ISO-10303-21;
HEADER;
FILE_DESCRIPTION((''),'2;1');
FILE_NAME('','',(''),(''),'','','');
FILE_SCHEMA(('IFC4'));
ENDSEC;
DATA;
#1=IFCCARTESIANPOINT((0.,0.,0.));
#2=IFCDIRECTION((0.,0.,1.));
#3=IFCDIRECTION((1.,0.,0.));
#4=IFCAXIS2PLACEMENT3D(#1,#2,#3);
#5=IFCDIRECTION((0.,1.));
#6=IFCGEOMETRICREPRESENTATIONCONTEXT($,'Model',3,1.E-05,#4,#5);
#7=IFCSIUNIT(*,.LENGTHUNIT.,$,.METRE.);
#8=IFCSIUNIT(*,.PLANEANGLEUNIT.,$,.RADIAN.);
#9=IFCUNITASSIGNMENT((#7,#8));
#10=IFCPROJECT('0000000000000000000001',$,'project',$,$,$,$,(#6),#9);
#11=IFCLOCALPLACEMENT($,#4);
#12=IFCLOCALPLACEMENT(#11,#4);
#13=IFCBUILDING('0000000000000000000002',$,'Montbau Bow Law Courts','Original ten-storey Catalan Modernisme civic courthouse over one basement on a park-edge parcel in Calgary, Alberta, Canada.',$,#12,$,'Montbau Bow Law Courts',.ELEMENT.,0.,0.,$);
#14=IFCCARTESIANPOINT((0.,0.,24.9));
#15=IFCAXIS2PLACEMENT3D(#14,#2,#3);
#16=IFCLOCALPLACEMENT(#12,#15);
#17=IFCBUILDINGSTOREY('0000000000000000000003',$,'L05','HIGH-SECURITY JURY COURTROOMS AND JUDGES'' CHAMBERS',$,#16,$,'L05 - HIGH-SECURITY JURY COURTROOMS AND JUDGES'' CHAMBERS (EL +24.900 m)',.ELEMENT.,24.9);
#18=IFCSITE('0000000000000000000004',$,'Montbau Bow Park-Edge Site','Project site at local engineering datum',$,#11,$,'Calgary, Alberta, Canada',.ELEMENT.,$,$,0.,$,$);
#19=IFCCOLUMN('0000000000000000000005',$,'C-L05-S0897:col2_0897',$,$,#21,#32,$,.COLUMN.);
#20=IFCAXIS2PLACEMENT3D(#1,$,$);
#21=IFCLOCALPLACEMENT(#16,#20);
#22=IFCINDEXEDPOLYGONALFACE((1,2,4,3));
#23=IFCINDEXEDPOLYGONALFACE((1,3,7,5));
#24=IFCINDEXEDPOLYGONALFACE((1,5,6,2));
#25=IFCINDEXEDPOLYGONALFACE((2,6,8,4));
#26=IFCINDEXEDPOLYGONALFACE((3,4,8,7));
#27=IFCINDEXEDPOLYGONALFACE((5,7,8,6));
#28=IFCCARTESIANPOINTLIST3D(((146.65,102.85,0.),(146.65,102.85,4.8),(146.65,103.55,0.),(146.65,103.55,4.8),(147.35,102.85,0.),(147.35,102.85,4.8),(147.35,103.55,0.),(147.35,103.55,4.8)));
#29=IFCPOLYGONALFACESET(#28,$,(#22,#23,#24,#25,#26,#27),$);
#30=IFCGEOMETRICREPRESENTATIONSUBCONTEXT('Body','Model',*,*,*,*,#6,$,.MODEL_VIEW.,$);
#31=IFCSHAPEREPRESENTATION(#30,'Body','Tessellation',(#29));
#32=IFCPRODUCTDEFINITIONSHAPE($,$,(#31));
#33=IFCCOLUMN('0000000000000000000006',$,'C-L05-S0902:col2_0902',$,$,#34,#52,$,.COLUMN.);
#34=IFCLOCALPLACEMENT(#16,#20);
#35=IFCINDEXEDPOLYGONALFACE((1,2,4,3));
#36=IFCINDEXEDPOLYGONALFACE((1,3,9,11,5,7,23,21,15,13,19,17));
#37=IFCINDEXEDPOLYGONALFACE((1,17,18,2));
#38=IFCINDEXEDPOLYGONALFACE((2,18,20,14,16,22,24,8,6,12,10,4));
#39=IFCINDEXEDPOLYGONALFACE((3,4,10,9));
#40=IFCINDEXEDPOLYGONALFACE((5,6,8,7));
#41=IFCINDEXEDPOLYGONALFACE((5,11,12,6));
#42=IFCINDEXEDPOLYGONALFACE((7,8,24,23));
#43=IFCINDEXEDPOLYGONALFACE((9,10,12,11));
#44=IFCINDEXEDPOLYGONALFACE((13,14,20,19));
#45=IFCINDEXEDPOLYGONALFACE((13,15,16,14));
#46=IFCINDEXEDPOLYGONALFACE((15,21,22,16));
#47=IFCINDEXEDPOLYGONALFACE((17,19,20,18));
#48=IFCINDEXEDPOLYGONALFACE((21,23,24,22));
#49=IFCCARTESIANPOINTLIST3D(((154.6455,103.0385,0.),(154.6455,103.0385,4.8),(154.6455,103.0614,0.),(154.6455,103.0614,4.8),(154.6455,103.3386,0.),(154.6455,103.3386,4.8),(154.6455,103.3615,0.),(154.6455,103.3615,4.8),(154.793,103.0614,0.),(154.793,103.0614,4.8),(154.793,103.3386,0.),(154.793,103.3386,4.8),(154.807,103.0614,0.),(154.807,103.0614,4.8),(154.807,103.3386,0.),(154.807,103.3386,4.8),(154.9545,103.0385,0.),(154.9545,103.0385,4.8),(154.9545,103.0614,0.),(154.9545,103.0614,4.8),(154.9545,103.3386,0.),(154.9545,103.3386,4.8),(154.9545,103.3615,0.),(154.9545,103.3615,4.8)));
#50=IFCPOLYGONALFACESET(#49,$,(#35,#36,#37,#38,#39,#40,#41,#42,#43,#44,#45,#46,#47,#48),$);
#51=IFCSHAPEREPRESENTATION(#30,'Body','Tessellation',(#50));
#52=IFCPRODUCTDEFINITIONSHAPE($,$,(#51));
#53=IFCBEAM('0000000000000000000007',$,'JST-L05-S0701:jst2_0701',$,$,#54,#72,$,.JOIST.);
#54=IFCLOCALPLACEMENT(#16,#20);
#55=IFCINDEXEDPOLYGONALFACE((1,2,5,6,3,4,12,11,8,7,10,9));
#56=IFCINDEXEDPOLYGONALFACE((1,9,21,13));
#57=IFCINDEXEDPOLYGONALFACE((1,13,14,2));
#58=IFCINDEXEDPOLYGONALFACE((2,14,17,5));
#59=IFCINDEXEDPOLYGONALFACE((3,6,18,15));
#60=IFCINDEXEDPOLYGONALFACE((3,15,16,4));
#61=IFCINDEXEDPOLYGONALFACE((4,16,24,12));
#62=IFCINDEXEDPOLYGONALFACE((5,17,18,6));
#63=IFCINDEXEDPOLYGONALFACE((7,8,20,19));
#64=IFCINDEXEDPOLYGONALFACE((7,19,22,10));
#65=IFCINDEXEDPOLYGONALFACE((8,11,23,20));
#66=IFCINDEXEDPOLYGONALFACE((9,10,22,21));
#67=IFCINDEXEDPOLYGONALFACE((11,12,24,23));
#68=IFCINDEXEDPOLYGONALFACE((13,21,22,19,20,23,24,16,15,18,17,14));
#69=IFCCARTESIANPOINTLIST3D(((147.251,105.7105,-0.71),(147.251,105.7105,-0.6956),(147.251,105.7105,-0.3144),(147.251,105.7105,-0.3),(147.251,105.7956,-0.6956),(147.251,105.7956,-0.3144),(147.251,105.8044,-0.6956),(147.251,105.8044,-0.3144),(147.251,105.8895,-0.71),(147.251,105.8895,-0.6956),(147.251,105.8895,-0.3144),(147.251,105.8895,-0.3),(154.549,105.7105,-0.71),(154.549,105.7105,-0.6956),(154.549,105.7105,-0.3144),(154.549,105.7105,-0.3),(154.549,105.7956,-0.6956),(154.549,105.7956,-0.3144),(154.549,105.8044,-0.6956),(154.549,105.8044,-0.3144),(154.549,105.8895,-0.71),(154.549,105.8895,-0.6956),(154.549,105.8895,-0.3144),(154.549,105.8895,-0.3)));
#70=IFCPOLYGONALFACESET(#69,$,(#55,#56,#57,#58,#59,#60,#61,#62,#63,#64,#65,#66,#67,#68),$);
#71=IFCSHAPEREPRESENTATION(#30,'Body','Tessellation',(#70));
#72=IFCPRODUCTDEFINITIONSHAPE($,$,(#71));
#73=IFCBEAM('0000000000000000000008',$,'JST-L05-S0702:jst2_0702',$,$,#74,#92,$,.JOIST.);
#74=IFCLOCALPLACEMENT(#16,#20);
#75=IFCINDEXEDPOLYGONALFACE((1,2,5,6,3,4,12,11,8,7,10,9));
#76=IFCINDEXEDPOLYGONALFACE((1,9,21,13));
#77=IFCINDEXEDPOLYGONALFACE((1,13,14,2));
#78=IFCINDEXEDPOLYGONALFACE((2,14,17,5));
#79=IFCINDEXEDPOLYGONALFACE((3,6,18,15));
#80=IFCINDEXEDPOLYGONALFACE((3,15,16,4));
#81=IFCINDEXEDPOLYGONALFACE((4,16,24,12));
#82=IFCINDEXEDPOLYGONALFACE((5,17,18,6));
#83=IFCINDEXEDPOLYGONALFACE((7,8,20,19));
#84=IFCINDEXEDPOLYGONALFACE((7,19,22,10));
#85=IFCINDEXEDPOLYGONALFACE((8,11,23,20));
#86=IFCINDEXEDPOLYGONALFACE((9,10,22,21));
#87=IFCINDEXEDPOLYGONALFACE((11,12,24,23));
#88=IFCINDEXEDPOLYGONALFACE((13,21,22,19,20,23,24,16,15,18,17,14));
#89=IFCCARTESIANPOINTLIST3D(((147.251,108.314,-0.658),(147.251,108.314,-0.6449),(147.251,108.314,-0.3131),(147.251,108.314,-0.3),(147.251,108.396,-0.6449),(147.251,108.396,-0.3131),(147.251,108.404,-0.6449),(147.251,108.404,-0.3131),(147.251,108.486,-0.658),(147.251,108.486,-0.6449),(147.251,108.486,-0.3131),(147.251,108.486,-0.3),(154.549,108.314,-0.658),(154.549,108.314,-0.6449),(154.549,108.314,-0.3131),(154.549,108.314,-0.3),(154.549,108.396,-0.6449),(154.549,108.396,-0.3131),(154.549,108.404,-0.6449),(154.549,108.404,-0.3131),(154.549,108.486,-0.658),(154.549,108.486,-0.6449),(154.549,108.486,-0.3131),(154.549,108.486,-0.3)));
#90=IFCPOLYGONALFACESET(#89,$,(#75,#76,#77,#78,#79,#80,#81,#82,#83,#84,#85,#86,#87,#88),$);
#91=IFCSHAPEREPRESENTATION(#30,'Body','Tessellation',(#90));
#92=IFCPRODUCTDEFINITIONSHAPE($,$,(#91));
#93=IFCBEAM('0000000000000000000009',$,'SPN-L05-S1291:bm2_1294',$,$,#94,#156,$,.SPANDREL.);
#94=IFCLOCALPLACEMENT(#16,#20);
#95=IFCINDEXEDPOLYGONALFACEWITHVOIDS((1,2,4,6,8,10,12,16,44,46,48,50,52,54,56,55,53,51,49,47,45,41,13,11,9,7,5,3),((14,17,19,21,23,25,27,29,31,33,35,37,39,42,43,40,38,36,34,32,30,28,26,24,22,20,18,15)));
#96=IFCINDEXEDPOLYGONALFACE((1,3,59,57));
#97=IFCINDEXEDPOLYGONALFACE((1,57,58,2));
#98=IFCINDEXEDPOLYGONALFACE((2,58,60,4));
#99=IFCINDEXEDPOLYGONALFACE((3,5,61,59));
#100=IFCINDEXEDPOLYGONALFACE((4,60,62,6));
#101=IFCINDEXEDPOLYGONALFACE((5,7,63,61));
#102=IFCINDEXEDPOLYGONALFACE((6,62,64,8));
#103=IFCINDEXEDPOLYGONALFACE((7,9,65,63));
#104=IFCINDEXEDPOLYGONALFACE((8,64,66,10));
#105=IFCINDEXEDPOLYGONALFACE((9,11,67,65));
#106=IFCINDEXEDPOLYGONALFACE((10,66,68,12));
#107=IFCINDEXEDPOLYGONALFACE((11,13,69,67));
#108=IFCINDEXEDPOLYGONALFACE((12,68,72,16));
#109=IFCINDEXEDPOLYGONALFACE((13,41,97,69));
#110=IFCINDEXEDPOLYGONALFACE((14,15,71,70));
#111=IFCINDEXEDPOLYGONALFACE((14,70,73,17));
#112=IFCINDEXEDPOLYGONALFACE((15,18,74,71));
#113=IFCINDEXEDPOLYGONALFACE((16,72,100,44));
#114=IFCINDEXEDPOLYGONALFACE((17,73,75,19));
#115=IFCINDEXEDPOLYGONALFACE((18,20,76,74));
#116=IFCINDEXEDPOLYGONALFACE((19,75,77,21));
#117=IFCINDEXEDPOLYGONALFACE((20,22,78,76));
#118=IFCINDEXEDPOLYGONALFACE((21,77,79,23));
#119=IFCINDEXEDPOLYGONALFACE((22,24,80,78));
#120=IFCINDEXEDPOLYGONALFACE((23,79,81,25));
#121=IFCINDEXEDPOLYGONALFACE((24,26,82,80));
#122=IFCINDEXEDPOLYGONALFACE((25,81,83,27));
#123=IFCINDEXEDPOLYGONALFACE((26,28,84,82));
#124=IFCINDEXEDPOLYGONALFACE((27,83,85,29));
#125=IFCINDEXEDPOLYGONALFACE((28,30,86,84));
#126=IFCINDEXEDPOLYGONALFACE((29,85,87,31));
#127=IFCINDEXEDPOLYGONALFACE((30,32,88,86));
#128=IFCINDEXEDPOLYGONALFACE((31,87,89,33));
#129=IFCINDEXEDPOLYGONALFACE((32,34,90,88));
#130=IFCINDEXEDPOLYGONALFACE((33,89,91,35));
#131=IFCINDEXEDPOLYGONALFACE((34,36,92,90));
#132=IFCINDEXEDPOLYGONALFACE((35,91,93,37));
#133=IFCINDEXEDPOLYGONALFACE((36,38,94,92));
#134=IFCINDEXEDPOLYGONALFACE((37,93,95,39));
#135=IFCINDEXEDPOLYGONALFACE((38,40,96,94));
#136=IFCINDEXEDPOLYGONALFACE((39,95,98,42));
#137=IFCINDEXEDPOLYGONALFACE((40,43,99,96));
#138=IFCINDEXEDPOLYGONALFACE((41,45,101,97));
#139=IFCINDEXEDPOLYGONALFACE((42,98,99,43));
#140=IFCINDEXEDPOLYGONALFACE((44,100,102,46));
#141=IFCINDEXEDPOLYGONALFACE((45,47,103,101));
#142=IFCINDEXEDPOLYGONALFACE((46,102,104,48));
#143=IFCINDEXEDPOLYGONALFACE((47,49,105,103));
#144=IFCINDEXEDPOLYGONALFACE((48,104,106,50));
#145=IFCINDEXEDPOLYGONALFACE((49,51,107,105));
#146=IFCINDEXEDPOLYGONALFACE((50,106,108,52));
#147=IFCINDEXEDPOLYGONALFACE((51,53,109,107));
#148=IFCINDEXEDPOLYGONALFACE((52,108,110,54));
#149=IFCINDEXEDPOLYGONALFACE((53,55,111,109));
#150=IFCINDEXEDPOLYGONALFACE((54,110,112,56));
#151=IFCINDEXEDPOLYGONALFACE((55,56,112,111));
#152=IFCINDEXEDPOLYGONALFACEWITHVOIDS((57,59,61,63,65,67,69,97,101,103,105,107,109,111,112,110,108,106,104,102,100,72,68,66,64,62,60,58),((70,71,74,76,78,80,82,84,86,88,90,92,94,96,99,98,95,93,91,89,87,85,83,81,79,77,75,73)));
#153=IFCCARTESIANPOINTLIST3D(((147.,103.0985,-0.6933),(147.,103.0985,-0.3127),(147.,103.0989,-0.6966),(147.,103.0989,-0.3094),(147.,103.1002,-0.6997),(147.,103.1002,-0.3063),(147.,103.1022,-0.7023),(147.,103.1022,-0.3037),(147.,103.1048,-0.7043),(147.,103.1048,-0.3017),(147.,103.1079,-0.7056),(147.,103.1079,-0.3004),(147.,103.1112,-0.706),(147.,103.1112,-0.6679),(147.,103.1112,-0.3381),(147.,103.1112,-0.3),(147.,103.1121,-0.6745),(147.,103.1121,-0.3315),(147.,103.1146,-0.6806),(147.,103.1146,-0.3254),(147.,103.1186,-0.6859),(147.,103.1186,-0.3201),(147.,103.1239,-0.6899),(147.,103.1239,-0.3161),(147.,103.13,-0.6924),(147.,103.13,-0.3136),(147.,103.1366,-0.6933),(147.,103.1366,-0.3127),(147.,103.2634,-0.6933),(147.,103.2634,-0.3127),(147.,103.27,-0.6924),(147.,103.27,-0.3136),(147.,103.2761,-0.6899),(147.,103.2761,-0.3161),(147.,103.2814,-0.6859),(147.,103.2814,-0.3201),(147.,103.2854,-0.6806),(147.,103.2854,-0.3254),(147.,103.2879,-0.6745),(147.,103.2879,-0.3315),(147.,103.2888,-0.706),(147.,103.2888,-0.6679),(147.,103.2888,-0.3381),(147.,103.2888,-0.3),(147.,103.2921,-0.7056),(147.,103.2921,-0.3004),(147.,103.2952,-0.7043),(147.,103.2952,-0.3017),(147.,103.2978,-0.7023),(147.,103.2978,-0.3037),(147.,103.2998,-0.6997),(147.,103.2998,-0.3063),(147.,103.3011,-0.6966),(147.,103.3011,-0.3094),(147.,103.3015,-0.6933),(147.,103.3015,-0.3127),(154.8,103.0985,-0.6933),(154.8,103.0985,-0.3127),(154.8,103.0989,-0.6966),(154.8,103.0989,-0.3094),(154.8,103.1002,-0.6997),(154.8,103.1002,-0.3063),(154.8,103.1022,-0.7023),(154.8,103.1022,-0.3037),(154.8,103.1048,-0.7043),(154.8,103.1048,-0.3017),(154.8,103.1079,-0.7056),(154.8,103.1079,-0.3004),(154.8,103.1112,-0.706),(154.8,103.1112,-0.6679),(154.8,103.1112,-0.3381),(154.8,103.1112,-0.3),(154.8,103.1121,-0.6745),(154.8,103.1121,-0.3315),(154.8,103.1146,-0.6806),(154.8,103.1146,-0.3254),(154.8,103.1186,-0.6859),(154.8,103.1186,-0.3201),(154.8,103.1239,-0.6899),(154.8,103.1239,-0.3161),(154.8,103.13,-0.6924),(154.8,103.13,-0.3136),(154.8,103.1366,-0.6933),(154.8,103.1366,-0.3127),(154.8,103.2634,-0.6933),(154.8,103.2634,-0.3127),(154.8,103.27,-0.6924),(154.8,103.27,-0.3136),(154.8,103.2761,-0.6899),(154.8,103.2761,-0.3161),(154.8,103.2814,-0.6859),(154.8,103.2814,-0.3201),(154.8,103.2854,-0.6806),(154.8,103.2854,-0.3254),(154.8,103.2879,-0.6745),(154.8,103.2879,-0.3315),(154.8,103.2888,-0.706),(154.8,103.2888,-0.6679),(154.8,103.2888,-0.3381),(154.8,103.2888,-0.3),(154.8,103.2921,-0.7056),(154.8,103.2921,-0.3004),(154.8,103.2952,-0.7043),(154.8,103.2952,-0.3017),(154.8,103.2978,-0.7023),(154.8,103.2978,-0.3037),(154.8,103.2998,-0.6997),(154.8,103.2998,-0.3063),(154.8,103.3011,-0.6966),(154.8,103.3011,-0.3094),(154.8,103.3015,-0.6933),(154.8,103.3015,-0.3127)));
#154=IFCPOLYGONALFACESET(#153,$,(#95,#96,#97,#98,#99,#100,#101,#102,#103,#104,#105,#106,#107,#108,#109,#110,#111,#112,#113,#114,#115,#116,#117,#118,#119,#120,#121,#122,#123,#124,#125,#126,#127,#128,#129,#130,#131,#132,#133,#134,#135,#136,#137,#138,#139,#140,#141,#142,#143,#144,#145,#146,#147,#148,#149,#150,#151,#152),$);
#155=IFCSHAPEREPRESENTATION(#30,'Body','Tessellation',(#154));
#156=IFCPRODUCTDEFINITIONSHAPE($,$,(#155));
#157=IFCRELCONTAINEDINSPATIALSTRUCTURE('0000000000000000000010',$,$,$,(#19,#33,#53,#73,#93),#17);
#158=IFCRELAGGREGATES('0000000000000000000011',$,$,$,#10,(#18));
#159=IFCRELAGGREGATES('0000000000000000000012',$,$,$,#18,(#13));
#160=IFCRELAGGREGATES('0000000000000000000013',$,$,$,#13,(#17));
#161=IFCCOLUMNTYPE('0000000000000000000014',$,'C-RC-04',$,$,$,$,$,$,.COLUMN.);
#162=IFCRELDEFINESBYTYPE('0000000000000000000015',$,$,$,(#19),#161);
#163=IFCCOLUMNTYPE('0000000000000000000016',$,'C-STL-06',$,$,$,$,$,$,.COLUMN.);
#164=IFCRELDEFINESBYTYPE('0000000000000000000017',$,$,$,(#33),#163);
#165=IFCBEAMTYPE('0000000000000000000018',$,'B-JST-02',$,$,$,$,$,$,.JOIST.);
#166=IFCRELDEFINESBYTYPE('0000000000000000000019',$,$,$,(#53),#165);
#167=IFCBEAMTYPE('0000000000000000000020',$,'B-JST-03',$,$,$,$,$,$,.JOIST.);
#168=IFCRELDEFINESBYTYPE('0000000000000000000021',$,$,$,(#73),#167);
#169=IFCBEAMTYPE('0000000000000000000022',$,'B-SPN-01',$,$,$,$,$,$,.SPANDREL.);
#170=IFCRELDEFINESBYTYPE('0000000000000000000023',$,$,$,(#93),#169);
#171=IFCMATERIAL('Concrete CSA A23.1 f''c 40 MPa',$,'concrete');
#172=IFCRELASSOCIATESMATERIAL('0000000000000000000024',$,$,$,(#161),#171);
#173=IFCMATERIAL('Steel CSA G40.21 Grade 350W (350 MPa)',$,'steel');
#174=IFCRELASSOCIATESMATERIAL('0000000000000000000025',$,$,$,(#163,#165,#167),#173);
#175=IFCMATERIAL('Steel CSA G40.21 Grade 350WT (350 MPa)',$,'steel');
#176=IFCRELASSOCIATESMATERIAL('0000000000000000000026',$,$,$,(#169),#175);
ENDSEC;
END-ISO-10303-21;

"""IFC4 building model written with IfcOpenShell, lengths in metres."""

from ifc_helpers import new_model, si_unit, direction, frame, origin_with_axes, origin_2d_with_axis, place, context, subcontext, project, spatial, rectangle, hollow_rectangle, i_section, extrude, material, material_profile, profile_set, type_object, element, save


model = new_model("IFC4")

# Units and contexts
model_context = context("Model", 3, precision=1e-05, world=origin_with_axes(), true_north=direction((0.0, 1.0)))
body_context = subcontext(model_context, "Body", "Model", "MODEL_VIEW")
ifc_project = project(units=[si_unit("LENGTHUNIT", "METRE"), si_unit("PLANEANGLEUNIT", "RADIAN")], contexts=[model_context])

# Site, building, storey
site_placement = place(None, origin_with_axes())
site = spatial("IfcSite", under=ifc_project, at=site_placement, Name="Montbau Bow Park-Edge Site", Description="Project site at local engineering datum", LongName="Calgary, Alberta, Canada", CompositionType="ELEMENT", RefElevation=0.0)
building_placement = place(site_placement, origin_with_axes())
building = spatial("IfcBuilding", under=site, at=building_placement, Name="Montbau Bow Law Courts", Description="Original ten-storey Catalan Modernisme civic courthouse over one basement on a park-edge parcel in Calgary, Alberta, Canada.", LongName="Montbau Bow Law Courts", CompositionType="ELEMENT", ElevationOfRefHeight=0.0, ElevationOfTerrain=0.0)
storey_placement = place(building_placement, frame((0.0, 0.0, 24.9), z_axis=(0.0, 0.0, 1.0), x_axis=(1.0, 0.0, 0.0)))
storey = spatial("IfcBuildingStorey", under=building, at=storey_placement, Name="L05", Description="HIGH-SECURITY JURY COURTROOMS AND JUDGES' CHAMBERS", LongName="L05 - HIGH-SECURITY JURY COURTROOMS AND JUDGES' CHAMBERS (EL +24.900 m)", CompositionType="ELEMENT", Elevation=24.9)

# Columns
ifc_material_1 = material(Name="Concrete CSA A23.1 f'c 40 MPa", Category="concrete")
ifc_material_profile_1 = material_profile(ifc_material_1, rectangle(XDim=0.7, YDim=0.7, at=origin_2d_with_axis()), Name="RC700X700", Category="Main", Priority=0)
ifc_profile_set_1 = profile_set([ifc_material_profile_1], Name="Concrete CSA A23.1 f'c 40 MPa")
column_type_1 = type_object("IfcColumnType", Name="C-RC-04", PredefinedType="COLUMN", material=ifc_profile_set_1)
column_1_placement = place(None, frame((147.0, 103.2, 24.9), z_axis=(0.0, 0.0, 1.0), x_axis=(1.0, 0.0, 0.0)))
element("IfcColumn", 1, at=column_1_placement, inside=storey, type_object=column_type_1, Name="C-L05-S0897:col2_0897", PredefinedType="COLUMN", context=body_context, shape_type="SweptSolid", body=[
    extrude(rectangle(XDim=0.7, YDim=0.7, at=origin_2d_with_axis()), origin_with_axes(), (0.0, 0.0, 1.0), 4.8),
])
ifc_material_2 = material(Name="Steel CSA G40.21 Grade 350W (350 MPa)", Category="steel")
ifc_material_profile_2 = material_profile(ifc_material_2, i_section(OverallWidth=0.309, OverallDepth=0.323, WebThickness=0.014, FlangeThickness=0.0229, at=origin_2d_with_axis()), Name="W310X143", Category="Main", Priority=0)
ifc_profile_set_2 = profile_set([ifc_material_profile_2], Name="Steel CSA G40.21 Grade 350W (350 MPa)")
column_type_2 = type_object("IfcColumnType", Name="C-STL-06", PredefinedType="COLUMN", material=ifc_profile_set_2)
column_2_placement = place(None, frame((154.8, 103.2, 24.9), z_axis=(0.0, 0.0, 1.0), x_axis=(1.0, 0.0, 0.0)))
element("IfcColumn", 2, at=column_2_placement, inside=storey, type_object=column_type_2, Name="C-L05-S0902:col2_0902", PredefinedType="COLUMN", context=body_context, shape_type="SweptSolid", body=[
    extrude(i_section(OverallWidth=0.309, OverallDepth=0.323, WebThickness=0.014, FlangeThickness=0.0229, at=origin_2d_with_axis()), origin_with_axes(), (0.0, 0.0, 1.0), 4.8),
])

# Beams
ifc_material_profile_3 = material_profile(ifc_material_2, i_section(OverallWidth=0.179, OverallDepth=0.41, WebThickness=0.0088, FlangeThickness=0.0144, at=origin_2d_with_axis()), Name="W410X67", Category="Main", Priority=0)
ifc_profile_set_3 = profile_set([ifc_material_profile_3], Name="Steel CSA G40.21 Grade 350W (350 MPa)")
beam_type_1 = type_object("IfcBeamType", Name="B-JST-02", PredefinedType="JOIST", material=ifc_profile_set_3)
beam_1_placement = place(None, frame((147.251, 105.8, 24.395), z_axis=(1.0, 0.0, 0.0), x_axis=(0.0, 1.0, 0.0)))
element("IfcBeam", 3, at=beam_1_placement, inside=storey, type_object=beam_type_1, Name="JST-L05-S0701:jst2_0701", PredefinedType="JOIST", context=body_context, shape_type="SweptSolid", body=[
    extrude(i_section(OverallWidth=0.179, OverallDepth=0.41, WebThickness=0.0088, FlangeThickness=0.0144, at=origin_2d_with_axis()), origin_with_axes(), (0.0, 0.0, 1.0), 7.298),
])
ifc_material_profile_4 = material_profile(ifc_material_2, i_section(OverallWidth=0.172, OverallDepth=0.358, WebThickness=0.0079, FlangeThickness=0.0131, at=origin_2d_with_axis()), Name="W360X57", Category="Main", Priority=0)
ifc_profile_set_4 = profile_set([ifc_material_profile_4], Name="Steel CSA G40.21 Grade 350W (350 MPa)")
beam_type_2 = type_object("IfcBeamType", Name="B-JST-03", PredefinedType="JOIST", material=ifc_profile_set_4)
beam_2_placement = place(None, frame((147.251, 108.4, 24.421), z_axis=(1.0, 0.0, 0.0), x_axis=(0.0, 1.0, 0.0)))
element("IfcBeam", 4, at=beam_2_placement, inside=storey, type_object=beam_type_2, Name="JST-L05-S0702:jst2_0702", PredefinedType="JOIST", context=body_context, shape_type="SweptSolid", body=[
    extrude(i_section(OverallWidth=0.172, OverallDepth=0.358, WebThickness=0.0079, FlangeThickness=0.0131, at=origin_2d_with_axis()), origin_with_axes(), (0.0, 0.0, 1.0), 7.298),
])
ifc_material_3 = material(Name="Steel CSA G40.21 Grade 350WT (350 MPa)", Category="steel")
ifc_material_profile_5 = material_profile(ifc_material_3, hollow_rectangle(XDim=0.203, YDim=0.406, WallThickness=0.0127, InnerFilletRadius=0.0254, OuterFilletRadius=0.0127, at=origin_2d_with_axis()), Name="HSS406X203X13", Category="Main", Priority=0)
ifc_profile_set_5 = profile_set([ifc_material_profile_5], Name="Steel CSA G40.21 Grade 350WT (350 MPa)")
beam_type_3 = type_object("IfcBeamType", Name="B-SPN-01", PredefinedType="SPANDREL", material=ifc_profile_set_5)
beam_3_placement = place(None, frame((147.0, 103.2, 24.397), z_axis=(1.0, 0.0, 0.0), x_axis=(0.0, 1.0, 0.0)))
element("IfcBeam", 5, at=beam_3_placement, inside=storey, type_object=beam_type_3, Name="SPN-L05-S1291:bm2_1294", PredefinedType="SPANDREL", context=body_context, shape_type="SweptSolid", body=[
    extrude(hollow_rectangle(XDim=0.203, YDim=0.406, WallThickness=0.0127, InnerFilletRadius=0.0254, OuterFilletRadius=0.0127, at=origin_2d_with_axis()), origin_with_axes(), (0.0, 0.0, 1.0), 7.8),
])

save(model, "model.ifc")
